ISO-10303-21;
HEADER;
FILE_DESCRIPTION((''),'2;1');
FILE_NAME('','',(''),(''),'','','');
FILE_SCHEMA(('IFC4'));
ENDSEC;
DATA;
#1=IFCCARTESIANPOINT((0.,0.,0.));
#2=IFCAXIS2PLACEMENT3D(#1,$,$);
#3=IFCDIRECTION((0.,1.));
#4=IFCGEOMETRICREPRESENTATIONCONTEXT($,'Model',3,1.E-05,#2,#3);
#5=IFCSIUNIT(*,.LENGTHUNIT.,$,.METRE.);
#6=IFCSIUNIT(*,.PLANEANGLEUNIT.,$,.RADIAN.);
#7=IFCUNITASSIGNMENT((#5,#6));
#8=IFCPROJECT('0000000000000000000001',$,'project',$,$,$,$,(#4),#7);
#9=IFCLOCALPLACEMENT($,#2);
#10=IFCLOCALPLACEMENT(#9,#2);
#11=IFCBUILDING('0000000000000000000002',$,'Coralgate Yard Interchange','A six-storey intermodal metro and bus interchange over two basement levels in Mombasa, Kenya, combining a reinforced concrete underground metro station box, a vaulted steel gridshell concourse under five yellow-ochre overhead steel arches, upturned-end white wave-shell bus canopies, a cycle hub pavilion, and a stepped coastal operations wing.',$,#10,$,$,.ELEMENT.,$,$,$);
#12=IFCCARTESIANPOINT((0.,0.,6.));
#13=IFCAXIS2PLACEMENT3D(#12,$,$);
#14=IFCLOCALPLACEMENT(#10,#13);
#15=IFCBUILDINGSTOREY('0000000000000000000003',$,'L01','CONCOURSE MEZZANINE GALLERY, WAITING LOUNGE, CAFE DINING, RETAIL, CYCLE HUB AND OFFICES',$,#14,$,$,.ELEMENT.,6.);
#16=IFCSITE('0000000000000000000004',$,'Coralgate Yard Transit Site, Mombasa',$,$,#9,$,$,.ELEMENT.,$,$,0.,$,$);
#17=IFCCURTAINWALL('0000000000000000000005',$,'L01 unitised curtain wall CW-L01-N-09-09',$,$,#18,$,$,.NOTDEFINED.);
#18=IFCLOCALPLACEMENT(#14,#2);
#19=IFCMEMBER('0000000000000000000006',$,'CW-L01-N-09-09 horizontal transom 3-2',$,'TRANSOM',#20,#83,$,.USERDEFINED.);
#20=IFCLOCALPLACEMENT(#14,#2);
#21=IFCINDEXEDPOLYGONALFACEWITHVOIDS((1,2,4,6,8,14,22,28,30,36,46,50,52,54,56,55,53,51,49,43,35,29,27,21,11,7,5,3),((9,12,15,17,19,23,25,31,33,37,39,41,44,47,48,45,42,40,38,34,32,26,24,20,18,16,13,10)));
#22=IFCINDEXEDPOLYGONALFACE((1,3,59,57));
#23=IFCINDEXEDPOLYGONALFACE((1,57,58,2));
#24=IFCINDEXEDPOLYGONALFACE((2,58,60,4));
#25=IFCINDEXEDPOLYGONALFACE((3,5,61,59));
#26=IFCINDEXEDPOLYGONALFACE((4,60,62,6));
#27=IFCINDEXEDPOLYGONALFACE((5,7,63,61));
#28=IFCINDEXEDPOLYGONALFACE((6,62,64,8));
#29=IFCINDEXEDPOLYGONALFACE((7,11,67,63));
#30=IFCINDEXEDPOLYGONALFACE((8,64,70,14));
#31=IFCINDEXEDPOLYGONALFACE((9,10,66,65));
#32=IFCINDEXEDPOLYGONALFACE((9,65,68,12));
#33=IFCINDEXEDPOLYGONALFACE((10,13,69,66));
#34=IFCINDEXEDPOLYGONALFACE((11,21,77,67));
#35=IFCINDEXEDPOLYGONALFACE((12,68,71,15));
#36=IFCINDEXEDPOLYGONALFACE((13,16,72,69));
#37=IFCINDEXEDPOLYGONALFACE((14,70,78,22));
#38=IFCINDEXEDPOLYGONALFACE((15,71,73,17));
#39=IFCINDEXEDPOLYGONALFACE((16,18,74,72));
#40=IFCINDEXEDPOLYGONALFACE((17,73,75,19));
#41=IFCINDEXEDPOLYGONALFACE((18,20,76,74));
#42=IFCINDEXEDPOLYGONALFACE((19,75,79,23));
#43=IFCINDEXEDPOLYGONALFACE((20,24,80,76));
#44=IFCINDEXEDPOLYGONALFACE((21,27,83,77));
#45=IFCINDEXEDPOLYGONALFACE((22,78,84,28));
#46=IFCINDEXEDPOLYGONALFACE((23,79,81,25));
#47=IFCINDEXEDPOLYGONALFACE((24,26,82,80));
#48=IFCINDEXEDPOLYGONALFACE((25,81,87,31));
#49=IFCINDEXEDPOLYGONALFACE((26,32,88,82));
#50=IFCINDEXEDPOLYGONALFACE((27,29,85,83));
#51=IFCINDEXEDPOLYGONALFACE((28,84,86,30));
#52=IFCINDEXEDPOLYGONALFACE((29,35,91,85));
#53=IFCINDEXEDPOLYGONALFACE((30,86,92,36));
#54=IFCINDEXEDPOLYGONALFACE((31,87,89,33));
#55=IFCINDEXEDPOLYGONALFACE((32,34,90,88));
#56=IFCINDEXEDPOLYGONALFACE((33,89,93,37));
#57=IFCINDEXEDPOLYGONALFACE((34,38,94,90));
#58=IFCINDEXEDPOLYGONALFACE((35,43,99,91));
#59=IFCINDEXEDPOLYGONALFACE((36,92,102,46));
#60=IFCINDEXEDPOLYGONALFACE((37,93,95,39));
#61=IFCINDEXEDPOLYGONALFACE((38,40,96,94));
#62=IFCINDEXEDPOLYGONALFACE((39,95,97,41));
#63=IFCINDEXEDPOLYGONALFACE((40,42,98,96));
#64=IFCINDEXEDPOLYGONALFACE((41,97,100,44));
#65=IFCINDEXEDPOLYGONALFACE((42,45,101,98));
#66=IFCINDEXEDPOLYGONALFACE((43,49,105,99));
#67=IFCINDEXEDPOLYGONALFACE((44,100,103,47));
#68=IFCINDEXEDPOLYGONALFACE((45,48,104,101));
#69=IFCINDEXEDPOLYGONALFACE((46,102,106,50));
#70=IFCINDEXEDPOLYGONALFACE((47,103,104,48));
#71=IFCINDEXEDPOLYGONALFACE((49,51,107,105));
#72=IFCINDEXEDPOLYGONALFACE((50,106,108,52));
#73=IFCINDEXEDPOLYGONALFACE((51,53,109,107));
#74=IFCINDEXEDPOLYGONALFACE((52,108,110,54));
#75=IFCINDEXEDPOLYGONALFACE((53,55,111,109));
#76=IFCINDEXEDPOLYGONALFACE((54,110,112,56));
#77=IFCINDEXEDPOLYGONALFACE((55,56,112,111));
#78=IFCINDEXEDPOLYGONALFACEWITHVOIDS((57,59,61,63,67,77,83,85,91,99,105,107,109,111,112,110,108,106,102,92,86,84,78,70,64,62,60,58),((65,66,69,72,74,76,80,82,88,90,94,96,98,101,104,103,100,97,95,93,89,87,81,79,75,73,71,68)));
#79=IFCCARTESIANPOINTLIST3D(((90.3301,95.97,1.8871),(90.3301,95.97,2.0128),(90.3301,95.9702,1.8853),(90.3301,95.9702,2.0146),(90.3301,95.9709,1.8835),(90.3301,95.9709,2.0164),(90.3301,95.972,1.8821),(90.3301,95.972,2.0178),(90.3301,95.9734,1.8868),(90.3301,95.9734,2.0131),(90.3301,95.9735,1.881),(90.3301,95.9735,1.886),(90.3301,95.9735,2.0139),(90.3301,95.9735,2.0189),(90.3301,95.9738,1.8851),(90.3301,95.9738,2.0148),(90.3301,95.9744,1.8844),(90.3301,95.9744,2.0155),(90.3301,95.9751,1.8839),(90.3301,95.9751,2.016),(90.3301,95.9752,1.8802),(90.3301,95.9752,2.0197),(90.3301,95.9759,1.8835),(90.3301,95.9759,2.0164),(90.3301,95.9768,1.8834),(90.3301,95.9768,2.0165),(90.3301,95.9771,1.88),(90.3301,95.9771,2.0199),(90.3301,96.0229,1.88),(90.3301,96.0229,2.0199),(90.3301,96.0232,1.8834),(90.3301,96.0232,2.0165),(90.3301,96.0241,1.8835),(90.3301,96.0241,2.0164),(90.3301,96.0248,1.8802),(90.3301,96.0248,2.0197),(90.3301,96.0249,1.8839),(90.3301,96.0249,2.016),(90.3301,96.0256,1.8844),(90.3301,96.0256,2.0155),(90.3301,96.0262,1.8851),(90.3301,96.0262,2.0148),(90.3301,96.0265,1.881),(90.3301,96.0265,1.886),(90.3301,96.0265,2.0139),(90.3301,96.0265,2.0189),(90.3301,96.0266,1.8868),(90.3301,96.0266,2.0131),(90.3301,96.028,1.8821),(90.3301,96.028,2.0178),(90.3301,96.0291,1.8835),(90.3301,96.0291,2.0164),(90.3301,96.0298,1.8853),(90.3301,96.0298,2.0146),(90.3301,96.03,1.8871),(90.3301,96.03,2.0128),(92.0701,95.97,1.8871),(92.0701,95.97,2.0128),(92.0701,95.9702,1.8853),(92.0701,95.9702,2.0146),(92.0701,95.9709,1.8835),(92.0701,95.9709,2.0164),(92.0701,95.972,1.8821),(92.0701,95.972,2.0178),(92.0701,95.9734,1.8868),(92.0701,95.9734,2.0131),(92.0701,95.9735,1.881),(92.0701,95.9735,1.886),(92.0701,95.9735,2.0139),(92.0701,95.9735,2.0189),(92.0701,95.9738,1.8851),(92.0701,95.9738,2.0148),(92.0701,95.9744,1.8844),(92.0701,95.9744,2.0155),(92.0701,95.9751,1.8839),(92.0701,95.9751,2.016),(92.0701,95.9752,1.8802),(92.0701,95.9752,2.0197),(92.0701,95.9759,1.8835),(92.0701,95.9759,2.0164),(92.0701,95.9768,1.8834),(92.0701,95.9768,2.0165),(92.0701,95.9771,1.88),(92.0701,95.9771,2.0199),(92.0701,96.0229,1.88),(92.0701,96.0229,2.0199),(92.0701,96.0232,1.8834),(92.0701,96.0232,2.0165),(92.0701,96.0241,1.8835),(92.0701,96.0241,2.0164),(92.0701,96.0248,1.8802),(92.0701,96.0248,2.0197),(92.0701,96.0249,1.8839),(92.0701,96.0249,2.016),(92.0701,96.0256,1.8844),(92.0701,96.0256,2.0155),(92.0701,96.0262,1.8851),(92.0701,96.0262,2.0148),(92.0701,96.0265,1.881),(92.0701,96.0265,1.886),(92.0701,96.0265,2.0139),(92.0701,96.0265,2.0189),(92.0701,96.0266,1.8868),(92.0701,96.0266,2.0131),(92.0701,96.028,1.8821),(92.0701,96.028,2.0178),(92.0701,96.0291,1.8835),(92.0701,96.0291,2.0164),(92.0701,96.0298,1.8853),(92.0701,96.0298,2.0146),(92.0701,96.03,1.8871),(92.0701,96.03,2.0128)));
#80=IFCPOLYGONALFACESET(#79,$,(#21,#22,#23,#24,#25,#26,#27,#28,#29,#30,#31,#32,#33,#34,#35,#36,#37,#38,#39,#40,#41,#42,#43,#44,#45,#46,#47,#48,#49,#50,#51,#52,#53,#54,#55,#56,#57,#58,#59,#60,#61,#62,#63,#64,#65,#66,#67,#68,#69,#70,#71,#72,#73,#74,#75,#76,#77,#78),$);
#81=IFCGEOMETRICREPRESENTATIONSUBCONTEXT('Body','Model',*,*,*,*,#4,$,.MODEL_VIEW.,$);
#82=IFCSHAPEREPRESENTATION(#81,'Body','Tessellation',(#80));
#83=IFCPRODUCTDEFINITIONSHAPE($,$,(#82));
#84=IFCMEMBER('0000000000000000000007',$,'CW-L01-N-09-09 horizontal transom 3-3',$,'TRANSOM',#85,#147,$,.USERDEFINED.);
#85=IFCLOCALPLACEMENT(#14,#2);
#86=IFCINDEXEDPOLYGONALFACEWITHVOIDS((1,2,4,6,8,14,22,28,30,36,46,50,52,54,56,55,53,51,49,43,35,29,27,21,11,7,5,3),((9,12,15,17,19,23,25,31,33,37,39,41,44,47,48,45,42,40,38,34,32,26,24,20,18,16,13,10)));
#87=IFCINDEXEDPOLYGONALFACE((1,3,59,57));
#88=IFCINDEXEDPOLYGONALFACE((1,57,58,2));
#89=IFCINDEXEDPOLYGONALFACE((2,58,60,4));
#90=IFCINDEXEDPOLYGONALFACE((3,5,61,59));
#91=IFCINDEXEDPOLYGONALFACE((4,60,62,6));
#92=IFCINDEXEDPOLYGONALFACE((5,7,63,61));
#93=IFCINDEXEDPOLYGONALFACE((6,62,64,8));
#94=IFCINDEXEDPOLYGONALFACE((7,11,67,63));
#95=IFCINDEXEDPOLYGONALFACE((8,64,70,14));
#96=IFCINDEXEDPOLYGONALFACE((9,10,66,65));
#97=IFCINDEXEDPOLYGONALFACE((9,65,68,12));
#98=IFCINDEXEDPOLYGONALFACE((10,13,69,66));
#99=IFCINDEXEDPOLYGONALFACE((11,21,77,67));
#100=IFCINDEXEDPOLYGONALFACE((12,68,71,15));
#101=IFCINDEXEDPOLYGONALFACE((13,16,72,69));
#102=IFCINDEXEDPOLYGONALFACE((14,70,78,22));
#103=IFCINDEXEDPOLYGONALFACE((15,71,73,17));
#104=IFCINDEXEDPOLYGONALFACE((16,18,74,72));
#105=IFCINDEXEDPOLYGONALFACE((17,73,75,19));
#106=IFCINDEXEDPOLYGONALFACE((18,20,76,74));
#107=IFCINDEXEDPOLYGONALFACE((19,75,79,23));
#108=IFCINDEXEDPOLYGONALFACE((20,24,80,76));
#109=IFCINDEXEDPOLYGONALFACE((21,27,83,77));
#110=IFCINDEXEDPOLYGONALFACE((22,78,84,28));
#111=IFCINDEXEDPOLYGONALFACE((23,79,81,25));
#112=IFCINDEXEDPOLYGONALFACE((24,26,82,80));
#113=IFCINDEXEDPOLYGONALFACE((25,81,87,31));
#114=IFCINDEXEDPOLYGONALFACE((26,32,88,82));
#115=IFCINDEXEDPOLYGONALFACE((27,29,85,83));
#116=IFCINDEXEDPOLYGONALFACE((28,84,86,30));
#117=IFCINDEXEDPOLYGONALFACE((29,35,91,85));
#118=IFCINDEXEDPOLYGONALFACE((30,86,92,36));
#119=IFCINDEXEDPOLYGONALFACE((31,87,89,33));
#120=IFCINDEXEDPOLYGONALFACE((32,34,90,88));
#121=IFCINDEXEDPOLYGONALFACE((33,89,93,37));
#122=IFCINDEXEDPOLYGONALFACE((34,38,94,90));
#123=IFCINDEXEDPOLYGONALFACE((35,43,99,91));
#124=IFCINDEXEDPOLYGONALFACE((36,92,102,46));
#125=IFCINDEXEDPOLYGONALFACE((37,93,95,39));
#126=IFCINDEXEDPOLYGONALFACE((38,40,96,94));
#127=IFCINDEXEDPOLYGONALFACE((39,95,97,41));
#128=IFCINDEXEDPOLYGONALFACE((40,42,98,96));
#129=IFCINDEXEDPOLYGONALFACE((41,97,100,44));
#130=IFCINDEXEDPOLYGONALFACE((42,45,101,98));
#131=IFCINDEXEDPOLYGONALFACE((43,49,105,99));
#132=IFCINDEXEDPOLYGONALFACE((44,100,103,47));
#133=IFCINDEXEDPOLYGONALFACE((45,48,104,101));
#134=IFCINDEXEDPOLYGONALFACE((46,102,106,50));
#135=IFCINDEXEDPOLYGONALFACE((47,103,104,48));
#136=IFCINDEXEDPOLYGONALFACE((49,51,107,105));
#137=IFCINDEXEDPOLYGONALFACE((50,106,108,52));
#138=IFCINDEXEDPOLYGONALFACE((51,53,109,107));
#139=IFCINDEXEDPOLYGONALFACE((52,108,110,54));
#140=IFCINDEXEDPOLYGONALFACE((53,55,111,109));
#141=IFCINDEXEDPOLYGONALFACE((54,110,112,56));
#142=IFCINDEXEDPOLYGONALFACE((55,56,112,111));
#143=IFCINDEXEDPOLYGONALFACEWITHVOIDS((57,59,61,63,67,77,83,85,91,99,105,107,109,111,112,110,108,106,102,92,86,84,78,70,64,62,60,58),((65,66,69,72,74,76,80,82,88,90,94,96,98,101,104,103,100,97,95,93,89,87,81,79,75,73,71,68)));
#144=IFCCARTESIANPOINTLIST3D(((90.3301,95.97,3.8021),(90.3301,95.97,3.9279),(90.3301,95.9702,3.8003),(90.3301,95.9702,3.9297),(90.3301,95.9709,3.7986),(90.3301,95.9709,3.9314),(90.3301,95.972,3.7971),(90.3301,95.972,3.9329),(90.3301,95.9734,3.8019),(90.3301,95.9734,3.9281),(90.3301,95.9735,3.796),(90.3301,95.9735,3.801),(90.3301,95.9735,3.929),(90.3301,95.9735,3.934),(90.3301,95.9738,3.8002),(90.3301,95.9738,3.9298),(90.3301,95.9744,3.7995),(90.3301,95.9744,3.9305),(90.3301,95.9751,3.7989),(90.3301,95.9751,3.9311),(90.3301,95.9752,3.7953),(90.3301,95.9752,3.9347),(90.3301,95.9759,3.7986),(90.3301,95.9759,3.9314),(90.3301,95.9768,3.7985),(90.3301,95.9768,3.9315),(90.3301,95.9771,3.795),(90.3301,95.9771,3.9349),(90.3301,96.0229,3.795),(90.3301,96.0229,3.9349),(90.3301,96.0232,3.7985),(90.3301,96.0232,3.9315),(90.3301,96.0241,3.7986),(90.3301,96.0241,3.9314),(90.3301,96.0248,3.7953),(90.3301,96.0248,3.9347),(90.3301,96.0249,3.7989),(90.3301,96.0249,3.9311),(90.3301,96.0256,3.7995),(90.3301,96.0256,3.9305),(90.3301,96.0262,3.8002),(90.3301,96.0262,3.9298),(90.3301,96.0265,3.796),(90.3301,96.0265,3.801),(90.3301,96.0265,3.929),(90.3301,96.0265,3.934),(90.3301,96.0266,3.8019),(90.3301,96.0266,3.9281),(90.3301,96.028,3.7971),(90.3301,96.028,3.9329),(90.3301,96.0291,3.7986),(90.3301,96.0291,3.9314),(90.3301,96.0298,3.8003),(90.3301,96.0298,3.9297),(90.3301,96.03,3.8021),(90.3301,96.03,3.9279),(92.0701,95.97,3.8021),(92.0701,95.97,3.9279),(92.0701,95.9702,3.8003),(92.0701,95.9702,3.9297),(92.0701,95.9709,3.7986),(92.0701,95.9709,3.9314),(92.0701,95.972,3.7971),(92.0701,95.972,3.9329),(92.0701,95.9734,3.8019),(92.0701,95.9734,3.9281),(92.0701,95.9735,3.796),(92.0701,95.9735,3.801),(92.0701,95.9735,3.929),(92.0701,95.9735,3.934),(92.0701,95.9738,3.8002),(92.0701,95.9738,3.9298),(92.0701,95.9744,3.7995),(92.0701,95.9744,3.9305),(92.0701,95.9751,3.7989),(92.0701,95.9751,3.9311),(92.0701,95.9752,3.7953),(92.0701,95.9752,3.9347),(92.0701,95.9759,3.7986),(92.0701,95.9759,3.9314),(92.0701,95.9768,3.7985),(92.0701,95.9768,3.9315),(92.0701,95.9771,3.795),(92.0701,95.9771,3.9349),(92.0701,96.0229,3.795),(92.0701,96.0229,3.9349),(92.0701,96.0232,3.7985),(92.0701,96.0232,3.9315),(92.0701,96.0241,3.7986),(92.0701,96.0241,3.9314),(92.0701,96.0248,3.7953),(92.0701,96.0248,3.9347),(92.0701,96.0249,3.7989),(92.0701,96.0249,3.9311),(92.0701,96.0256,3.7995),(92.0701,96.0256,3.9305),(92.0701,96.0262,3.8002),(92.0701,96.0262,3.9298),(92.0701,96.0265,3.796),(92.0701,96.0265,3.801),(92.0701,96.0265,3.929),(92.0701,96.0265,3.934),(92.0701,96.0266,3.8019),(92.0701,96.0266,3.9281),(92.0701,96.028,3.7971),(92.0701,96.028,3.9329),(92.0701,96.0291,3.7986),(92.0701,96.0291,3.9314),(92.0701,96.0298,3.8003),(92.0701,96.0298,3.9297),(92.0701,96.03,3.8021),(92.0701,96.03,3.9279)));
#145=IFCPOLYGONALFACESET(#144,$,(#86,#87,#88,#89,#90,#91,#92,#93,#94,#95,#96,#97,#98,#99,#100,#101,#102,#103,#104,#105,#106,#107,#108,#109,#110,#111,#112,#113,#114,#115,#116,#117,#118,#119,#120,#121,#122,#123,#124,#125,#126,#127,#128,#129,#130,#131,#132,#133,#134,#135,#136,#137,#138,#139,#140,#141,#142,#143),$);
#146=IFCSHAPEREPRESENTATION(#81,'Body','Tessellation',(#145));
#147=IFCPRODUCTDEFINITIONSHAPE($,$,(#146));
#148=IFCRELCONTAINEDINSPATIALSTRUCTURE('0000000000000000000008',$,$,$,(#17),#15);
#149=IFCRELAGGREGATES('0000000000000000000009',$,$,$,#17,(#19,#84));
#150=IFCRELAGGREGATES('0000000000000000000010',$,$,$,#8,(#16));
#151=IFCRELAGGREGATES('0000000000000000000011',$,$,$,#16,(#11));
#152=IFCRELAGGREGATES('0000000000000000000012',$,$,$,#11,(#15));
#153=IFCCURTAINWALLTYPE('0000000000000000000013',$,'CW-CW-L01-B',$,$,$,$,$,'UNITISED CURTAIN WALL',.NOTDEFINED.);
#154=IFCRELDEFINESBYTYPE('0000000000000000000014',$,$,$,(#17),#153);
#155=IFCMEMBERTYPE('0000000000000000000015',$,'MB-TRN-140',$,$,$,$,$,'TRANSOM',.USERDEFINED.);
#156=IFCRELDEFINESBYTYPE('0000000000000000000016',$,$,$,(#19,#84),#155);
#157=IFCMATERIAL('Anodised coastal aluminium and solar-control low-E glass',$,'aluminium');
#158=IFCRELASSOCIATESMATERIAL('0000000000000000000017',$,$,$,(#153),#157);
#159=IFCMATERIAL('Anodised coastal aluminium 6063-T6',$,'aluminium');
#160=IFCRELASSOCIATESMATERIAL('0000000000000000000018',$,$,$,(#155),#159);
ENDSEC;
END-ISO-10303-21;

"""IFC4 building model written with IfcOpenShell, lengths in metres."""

from ifc_helpers import new_model, si_unit, direction, frame, origin, origin_2d, place, context, subcontext, project, spatial, hollow_rectangle, extrude, material, material_profile, profile_set, type_object, element, aggregate, save


model = new_model("IFC4")

# Units and contexts
model_context = context("Model", 3, precision=1e-05, world=origin(), true_north=direction((0.0, 1.0)))
body_context = subcontext(model_context, "Body", "Model", "MODEL_VIEW")
ifc_project = project(units=[si_unit("LENGTHUNIT", "METRE"), si_unit("PLANEANGLEUNIT", "RADIAN")], contexts=[model_context])

# Site, building, storey
site_placement = place(None, origin())
site = spatial("IfcSite", under=ifc_project, at=site_placement, Name="Coralgate Yard Transit Site, Mombasa", CompositionType="ELEMENT", RefElevation=0.0)
building_placement = place(site_placement, origin())
building = spatial("IfcBuilding", under=site, at=building_placement, Name="Coralgate Yard Interchange", Description="A six-storey intermodal metro and bus interchange over two basement levels in Mombasa, Kenya, combining a reinforced concrete underground metro station box, a vaulted steel gridshell concourse under five yellow-ochre overhead steel arches, upturned-end white wave-shell bus canopies, a cycle hub pavilion, and a stepped coastal operations wing.", CompositionType="ELEMENT")
storey_placement = place(building_placement, frame((0.0, 0.0, 6.0)))
storey = spatial("IfcBuildingStorey", under=building, at=storey_placement, Name="L01", Description="CONCOURSE MEZZANINE GALLERY, WAITING LOUNGE, CAFE DINING, RETAIL, CYCLE HUB AND OFFICES", CompositionType="ELEMENT", Elevation=6.0)

# Curtain wall
ifc_material_1 = material(Name="Anodised coastal aluminium and solar-control low-E glass", Category="aluminium")
curtain_wall_type = type_object("IfcCurtainWallType", Name="CW-CW-L01-B", ElementType="UNITISED CURTAIN WALL", PredefinedType="NOTDEFINED", material=ifc_material_1)
curtain_wall_placement = place(storey_placement, origin())
curtain_wall = element("IfcCurtainWall", 1, at=curtain_wall_placement, inside=storey, type_object=curtain_wall_type, Name="L01 unitised curtain wall CW-L01-N-09-09", PredefinedType="NOTDEFINED")
ifc_material_2 = material(Name="Anodised coastal aluminium 6063-T6", Category="aluminium")

# Members
ifc_material_profile_1 = material_profile(ifc_material_2, hollow_rectangle(XDim=0.0601, YDim=0.1399, WallThickness=0.0034, InnerFilletRadius=0.0034, OuterFilletRadius=0.0071, at=origin_2d()), Name="ALU 60x140x3.5")
ifc_profile_set_1 = profile_set([ifc_material_profile_1], Name="Anodised coastal aluminium 6063-T6")
member_type_1 = type_object("IfcMemberType", Name="MB-TRN-140", ElementType="TRANSOM", PredefinedType="USERDEFINED", material=ifc_profile_set_1)
member_1_placement = place(storey_placement, frame((90.3301, 96.0, 1.95), z_axis=(1.0, 0.0, 0.0), x_axis=(0.0, 1.0, 0.0)))
member_1 = element("IfcMember", 2, at=member_1_placement, type_object=member_type_1, Name="CW-L01-N-09-09 horizontal transom 3-2", ObjectType="TRANSOM", PredefinedType="USERDEFINED", context=body_context, shape_type="SweptSolid", body=[
    extrude(hollow_rectangle(XDim=0.0601, YDim=0.1399, WallThickness=0.0034, InnerFilletRadius=0.0034, OuterFilletRadius=0.0071, at=origin_2d()), origin(), (0.0, 0.0, 1.0), 1.74),
])
member_2_placement = place(storey_placement, frame((90.3301, 96.0, 3.865), z_axis=(1.0, 0.0, 0.0), x_axis=(0.0, 1.0, 0.0)))
member_2 = element("IfcMember", 3, at=member_2_placement, type_object=member_type_1, Name="CW-L01-N-09-09 horizontal transom 3-3", ObjectType="TRANSOM", PredefinedType="USERDEFINED", context=body_context, shape_type="SweptSolid", body=[
    extrude(hollow_rectangle(XDim=0.0601, YDim=0.1399, WallThickness=0.0034, InnerFilletRadius=0.0034, OuterFilletRadius=0.0071, at=origin_2d()), origin(), (0.0, 0.0, 1.0), 1.74),
])

aggregate(curtain_wall, [member_1, member_2])

save(model, "model.ifc")
